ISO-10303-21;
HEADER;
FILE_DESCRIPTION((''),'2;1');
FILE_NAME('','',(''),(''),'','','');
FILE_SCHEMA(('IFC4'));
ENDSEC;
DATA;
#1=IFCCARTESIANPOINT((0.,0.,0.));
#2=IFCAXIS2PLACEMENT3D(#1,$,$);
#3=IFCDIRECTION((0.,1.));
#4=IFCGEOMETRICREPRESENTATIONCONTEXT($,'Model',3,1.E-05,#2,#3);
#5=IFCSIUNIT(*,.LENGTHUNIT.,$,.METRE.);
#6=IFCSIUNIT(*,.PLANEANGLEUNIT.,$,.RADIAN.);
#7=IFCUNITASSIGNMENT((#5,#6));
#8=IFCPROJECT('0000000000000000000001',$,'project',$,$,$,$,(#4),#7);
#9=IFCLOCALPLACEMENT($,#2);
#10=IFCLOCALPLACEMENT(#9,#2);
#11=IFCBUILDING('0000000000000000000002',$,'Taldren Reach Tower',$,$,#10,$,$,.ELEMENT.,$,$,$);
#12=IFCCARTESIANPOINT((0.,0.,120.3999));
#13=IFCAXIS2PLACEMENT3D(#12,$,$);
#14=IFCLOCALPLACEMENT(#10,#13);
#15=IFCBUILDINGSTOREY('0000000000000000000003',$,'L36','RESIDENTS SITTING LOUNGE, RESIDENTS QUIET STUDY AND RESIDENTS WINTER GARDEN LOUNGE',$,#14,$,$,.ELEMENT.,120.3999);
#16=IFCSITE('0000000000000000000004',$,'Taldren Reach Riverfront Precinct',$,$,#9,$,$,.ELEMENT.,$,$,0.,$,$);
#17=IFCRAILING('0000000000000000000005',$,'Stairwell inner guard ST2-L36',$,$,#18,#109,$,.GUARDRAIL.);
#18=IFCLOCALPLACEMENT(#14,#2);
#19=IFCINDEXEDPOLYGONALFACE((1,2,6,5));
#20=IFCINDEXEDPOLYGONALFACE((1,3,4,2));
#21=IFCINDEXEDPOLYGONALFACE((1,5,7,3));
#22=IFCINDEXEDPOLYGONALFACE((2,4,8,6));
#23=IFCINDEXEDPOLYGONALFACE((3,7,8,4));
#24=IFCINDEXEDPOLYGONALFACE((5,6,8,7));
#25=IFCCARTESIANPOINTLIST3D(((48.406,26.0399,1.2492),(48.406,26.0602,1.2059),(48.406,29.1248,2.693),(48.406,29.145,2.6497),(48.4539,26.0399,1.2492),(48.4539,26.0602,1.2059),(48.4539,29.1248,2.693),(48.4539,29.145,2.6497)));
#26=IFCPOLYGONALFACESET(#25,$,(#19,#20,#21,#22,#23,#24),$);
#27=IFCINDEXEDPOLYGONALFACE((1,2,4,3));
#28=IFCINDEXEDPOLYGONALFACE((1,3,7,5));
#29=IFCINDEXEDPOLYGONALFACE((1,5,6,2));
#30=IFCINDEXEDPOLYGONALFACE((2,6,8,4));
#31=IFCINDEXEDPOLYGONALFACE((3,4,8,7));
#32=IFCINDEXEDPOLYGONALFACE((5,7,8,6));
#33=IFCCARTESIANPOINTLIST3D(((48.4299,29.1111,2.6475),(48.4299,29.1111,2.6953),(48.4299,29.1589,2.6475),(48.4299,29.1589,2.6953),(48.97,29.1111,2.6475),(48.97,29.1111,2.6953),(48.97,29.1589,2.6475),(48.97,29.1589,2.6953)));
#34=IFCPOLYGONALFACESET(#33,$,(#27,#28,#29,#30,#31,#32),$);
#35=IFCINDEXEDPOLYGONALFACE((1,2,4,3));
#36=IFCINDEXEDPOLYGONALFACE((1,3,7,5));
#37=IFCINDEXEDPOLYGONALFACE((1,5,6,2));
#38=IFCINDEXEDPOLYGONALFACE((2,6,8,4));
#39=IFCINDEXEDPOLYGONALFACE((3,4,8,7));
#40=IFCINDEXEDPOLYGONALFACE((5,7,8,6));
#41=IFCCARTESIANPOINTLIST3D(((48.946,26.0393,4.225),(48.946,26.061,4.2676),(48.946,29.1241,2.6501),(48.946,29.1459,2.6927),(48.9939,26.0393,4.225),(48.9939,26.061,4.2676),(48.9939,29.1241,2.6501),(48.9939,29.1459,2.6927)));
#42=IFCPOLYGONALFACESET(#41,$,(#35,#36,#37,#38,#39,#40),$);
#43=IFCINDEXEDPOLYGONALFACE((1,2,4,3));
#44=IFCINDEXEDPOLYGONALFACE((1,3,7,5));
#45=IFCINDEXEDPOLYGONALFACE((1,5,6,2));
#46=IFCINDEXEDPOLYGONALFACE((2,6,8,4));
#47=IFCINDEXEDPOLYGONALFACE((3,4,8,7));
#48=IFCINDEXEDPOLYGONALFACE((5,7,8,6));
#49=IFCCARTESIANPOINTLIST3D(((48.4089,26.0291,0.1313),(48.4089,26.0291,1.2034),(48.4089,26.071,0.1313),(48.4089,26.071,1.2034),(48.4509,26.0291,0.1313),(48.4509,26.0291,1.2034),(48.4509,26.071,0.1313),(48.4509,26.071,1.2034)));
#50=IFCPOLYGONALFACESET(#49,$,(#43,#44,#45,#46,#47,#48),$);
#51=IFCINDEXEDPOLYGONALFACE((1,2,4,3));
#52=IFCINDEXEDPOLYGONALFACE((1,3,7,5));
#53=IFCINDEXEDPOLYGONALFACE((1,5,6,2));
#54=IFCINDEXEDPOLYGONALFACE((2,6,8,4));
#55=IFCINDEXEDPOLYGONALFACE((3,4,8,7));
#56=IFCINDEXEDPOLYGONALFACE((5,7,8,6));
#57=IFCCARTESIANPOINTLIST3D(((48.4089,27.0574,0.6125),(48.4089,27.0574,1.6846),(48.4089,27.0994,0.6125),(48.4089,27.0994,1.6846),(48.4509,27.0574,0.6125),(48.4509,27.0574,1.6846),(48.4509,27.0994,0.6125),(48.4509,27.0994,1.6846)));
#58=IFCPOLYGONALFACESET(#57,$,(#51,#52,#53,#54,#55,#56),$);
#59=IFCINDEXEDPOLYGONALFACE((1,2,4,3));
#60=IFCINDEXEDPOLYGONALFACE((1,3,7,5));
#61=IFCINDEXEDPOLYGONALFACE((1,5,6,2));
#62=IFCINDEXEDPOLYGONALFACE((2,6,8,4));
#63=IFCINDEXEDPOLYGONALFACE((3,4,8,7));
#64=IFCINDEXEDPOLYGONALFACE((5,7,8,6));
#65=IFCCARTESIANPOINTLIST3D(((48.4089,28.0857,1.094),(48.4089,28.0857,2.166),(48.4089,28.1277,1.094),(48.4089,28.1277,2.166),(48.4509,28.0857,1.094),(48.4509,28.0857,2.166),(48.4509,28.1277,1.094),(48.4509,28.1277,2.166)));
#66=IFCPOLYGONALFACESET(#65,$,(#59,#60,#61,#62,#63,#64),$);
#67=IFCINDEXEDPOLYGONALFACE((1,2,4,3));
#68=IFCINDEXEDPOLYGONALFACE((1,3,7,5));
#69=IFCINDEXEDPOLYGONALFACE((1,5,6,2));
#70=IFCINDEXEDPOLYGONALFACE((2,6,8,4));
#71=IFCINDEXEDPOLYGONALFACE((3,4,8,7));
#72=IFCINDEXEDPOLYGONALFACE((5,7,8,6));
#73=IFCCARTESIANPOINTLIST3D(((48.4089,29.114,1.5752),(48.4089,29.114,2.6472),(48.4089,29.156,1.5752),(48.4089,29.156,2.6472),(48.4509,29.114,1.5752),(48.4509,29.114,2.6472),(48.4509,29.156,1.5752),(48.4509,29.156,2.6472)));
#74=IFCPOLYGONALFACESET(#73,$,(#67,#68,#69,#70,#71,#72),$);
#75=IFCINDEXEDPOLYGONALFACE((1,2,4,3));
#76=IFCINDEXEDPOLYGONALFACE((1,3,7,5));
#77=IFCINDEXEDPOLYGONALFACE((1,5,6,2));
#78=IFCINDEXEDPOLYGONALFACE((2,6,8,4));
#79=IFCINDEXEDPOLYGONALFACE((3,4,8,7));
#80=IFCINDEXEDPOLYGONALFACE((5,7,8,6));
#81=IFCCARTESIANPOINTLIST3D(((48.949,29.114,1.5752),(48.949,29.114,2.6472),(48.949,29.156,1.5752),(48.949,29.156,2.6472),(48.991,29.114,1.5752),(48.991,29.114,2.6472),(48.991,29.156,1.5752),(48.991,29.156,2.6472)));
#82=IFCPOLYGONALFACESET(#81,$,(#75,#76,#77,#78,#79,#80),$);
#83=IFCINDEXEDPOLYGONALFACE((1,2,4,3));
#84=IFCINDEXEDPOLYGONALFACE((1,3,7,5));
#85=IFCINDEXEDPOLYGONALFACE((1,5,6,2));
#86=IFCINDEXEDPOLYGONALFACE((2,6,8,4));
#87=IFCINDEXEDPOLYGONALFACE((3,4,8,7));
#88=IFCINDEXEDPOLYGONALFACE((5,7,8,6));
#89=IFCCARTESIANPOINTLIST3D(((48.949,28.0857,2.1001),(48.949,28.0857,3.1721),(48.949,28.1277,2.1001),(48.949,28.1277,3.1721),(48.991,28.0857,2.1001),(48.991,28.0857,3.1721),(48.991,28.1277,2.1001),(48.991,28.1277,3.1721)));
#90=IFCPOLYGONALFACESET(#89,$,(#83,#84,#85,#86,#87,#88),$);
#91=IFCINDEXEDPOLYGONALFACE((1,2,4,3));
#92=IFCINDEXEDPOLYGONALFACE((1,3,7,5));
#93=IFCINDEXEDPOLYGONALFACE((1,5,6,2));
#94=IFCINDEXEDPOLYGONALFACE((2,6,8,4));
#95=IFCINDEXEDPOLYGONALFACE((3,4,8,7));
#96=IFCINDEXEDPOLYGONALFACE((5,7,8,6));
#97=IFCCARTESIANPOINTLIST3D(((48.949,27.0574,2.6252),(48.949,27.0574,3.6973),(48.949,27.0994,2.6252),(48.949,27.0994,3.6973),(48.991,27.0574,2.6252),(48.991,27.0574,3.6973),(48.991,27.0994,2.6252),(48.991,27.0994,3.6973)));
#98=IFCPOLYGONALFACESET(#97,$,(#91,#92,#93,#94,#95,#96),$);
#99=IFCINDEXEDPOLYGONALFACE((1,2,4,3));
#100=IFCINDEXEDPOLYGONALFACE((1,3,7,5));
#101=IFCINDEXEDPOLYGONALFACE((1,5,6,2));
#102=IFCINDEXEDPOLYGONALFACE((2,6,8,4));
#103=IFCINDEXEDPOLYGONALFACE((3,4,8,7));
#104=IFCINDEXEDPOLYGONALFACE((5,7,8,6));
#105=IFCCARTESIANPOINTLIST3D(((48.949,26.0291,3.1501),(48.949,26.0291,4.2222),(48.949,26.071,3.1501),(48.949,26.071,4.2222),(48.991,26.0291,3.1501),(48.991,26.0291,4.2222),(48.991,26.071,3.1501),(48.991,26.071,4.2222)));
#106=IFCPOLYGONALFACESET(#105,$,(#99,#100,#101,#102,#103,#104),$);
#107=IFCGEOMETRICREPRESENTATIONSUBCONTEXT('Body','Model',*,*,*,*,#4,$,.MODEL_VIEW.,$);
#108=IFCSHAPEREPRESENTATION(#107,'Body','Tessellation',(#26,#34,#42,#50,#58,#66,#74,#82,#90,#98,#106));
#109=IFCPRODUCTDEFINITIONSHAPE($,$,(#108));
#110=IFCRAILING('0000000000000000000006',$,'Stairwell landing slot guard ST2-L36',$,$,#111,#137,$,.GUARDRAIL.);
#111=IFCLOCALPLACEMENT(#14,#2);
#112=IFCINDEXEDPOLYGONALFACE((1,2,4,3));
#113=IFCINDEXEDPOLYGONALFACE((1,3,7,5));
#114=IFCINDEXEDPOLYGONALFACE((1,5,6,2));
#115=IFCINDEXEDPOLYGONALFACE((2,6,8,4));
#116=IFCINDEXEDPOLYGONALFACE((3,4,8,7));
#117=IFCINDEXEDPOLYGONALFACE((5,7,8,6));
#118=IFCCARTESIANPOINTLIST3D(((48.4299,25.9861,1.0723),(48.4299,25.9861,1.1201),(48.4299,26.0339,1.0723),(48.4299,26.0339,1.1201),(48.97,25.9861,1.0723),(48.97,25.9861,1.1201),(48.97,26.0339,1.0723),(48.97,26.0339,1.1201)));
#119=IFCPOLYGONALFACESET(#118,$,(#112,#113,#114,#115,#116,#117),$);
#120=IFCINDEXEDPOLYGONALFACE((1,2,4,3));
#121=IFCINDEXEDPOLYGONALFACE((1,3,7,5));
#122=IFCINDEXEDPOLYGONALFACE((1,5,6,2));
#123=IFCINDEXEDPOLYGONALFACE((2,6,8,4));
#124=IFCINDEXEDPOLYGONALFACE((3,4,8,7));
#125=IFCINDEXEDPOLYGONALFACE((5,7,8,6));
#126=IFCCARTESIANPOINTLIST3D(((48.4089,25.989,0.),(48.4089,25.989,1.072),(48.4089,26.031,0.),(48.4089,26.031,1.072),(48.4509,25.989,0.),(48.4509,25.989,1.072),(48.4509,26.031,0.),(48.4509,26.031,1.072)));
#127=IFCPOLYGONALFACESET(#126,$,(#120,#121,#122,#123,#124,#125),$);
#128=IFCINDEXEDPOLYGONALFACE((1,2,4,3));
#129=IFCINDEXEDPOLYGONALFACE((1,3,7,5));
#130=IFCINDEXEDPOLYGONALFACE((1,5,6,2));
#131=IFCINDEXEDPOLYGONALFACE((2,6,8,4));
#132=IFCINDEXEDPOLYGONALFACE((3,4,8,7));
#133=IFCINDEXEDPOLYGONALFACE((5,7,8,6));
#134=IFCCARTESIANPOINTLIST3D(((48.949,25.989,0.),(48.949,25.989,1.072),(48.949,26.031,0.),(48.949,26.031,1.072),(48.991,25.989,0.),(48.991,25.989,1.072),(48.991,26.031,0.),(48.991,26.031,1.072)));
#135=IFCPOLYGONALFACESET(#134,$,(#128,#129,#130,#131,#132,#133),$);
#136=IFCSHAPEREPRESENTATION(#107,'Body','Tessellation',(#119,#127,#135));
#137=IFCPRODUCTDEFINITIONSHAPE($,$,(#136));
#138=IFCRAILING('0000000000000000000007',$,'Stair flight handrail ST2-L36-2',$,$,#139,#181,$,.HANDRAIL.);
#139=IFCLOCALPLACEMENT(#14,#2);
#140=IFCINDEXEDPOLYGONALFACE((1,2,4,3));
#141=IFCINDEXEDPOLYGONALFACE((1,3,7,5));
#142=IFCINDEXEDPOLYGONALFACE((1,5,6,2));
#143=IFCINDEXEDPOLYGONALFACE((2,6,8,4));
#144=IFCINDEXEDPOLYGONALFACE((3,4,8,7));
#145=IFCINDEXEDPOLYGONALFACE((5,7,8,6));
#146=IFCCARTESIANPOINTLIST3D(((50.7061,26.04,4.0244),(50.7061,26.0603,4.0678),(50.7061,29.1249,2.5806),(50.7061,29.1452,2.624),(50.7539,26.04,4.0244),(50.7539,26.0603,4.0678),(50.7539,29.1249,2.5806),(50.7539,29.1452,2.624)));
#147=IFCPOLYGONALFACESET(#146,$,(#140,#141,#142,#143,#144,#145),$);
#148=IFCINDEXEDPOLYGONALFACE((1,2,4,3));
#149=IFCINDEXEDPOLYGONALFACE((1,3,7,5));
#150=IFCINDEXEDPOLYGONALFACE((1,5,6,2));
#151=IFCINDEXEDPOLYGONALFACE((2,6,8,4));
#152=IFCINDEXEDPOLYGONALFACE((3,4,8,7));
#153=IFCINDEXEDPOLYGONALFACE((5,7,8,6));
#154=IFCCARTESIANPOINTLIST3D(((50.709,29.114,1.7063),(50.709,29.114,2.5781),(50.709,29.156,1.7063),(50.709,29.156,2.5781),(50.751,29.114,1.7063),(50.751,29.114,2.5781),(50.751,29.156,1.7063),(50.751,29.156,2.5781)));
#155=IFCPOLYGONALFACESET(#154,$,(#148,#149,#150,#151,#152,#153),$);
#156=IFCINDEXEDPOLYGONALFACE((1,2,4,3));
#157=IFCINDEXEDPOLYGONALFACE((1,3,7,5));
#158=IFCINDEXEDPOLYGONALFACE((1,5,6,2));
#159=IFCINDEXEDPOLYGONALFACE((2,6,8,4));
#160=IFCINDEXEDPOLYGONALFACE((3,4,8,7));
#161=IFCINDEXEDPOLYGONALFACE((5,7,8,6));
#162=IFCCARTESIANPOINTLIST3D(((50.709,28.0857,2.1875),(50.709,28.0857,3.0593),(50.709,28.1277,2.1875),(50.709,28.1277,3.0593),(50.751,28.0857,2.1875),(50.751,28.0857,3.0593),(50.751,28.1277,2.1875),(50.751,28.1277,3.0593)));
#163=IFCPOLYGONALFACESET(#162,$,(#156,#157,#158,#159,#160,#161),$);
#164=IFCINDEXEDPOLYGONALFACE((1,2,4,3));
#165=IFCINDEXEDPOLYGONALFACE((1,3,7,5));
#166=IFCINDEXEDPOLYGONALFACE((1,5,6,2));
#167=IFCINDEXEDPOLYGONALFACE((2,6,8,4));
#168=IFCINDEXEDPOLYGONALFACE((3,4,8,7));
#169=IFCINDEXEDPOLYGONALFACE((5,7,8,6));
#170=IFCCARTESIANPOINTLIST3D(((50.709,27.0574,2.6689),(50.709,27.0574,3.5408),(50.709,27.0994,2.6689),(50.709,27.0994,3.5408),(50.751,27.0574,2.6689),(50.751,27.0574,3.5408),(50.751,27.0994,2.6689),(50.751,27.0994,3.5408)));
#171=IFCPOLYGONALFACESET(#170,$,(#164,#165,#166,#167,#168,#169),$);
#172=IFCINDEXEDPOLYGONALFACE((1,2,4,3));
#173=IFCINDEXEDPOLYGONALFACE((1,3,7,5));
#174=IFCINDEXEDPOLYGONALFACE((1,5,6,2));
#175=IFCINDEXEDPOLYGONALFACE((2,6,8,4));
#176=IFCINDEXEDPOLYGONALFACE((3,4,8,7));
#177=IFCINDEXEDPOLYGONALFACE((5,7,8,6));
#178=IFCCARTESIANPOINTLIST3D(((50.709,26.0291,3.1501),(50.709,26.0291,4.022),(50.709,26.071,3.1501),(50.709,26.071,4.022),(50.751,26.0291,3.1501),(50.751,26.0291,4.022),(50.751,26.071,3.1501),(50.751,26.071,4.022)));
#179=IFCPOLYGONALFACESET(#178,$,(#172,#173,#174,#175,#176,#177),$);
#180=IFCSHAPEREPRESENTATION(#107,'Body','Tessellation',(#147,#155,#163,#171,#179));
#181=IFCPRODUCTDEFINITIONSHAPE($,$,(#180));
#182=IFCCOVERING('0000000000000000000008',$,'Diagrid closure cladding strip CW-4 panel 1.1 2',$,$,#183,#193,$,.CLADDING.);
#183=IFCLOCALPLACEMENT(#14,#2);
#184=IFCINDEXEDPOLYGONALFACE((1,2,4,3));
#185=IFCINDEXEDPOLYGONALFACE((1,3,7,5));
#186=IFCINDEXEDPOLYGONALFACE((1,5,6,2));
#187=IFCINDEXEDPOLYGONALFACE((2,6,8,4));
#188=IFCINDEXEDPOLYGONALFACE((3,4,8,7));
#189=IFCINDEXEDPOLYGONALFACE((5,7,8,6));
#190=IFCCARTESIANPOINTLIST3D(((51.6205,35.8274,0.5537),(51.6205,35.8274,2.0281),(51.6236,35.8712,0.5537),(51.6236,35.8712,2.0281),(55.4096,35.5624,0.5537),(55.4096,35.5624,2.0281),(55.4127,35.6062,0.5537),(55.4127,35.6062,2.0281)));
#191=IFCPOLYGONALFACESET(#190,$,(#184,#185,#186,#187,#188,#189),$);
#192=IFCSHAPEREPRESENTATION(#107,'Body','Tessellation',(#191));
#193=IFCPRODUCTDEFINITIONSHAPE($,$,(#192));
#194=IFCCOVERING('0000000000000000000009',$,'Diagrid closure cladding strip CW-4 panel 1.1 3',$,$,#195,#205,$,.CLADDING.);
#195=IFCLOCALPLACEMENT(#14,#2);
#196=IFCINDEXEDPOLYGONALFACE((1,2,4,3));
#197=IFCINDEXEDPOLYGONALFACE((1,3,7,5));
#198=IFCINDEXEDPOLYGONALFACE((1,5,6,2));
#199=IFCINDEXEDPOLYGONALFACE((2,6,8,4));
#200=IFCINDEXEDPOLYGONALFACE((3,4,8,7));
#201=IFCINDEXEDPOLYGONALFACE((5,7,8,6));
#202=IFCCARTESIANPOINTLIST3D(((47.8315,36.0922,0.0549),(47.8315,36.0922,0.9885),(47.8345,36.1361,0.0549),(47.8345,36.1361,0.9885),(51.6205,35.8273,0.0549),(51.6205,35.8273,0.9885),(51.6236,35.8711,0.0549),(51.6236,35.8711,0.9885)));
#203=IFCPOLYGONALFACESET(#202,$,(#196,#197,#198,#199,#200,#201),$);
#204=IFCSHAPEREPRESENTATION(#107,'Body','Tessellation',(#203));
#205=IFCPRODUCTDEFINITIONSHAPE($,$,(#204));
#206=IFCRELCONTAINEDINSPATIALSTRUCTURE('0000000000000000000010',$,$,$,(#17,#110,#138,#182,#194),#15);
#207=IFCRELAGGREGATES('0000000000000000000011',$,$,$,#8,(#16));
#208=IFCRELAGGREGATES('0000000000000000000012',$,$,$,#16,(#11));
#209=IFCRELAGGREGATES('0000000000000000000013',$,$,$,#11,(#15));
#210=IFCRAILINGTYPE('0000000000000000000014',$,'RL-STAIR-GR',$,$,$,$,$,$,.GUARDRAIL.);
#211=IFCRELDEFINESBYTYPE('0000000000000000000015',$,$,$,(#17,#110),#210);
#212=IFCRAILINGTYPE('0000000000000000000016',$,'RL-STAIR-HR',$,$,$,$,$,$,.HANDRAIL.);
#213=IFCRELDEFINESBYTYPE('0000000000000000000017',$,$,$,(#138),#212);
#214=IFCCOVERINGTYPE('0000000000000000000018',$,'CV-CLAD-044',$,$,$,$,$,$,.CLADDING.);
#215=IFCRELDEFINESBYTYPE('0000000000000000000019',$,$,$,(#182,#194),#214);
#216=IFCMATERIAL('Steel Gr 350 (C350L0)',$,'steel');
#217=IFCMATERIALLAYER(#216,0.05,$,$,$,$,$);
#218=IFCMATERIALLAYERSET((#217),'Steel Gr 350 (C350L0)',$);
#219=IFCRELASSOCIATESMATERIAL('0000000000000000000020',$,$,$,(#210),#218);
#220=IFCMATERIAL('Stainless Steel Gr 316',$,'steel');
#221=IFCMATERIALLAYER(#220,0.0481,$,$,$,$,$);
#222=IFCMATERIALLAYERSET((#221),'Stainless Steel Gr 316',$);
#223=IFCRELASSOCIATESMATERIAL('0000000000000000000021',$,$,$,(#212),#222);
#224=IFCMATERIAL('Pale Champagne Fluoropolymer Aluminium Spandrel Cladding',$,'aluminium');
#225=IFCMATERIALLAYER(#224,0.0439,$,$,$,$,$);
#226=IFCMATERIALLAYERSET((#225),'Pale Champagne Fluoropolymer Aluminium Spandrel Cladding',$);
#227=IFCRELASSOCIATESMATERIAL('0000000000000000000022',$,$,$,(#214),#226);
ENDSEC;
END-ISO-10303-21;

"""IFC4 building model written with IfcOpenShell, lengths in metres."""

from ifc_helpers import new_model, si_unit, direction, frame, origin, origin_2d, place, context, subcontext, project, spatial, rectangle, extrude, source, transform, mapped, material, layer, layer_set, type_object, element, save


model = new_model("IFC4")

# Units and contexts
model_context = context("Model", 3, precision=1e-05, world=origin(), true_north=direction((0.0, 1.0)))
body_context = subcontext(model_context, "Body", "Model", "MODEL_VIEW")
ifc_project = project(units=[si_unit("LENGTHUNIT", "METRE"), si_unit("PLANEANGLEUNIT", "RADIAN")], contexts=[model_context])

# Site, building, storey
site_placement = place(None, origin())
site = spatial("IfcSite", under=ifc_project, at=site_placement, Name="Taldren Reach Riverfront Precinct", CompositionType="ELEMENT", RefElevation=0.0)
building_placement = place(site_placement, origin())
building = spatial("IfcBuilding", under=site, at=building_placement, Name="Taldren Reach Tower", CompositionType="ELEMENT")
storey_placement = place(building_placement, frame((0.0, 0.0, 120.3999)))
storey = spatial("IfcBuildingStorey", under=building, at=storey_placement, Name="L36", Description="RESIDENTS SITTING LOUNGE, RESIDENTS QUIET STUDY AND RESIDENTS WINTER GARDEN LOUNGE", CompositionType="ELEMENT", Elevation=120.3999)

# Shared definitions
ifc_material_1 = material(Name="Steel Gr 350 (C350L0)", Category="steel")

# Railings
ifc_layer_1 = layer(ifc_material_1, 0.05)
ifc_layer_set_1 = layer_set([ifc_layer_1], Name="Steel Gr 350 (C350L0)")
railing_type_1 = type_object("IfcRailingType", Name="RL-STAIR-GR", PredefinedType="GUARDRAIL", material=ifc_layer_set_1)
railing_1_placement = place(storey_placement, frame((48.4299, 26.05, 0.1313)))
element("IfcRailing", 1, at=railing_1_placement, inside=storey, type_object=railing_type_1, Name="Stairwell inner guard ST2-L36", PredefinedType="GUARDRAIL", context=body_context, shape_type="SweptSolid", body=[
    extrude(rectangle(XDim=0.0479, YDim=0.0479, at=origin_2d()), frame((0.0, 0.0, 1.0962), z_axis=(0.0, 0.90571, 0.423898), x_axis=(-1.0, 0.0, 0.0)), (0.0, 0.0, 1.0), 3.406),
    extrude(rectangle(XDim=0.0479, YDim=0.0479, at=origin_2d()), frame((0.0, 3.085, 2.54), z_axis=(1.0, 0.0, 0.0), x_axis=(0.0, 1.0, 0.0)), (0.0, 0.0, 1.0), 0.54),
    extrude(rectangle(XDim=0.0479, YDim=0.0479, at=origin_2d()), frame((0.54, 3.085, 2.54), z_axis=(0.0, -0.890646, 0.454697), x_axis=(1.0, 0.0, 0.0)), (0.0, 0.0, 1.0), 3.4636),
    extrude(rectangle(XDim=0.042, YDim=0.042, at=origin_2d()), origin(), (0.0, 0.0, 1.0), 1.072),
    extrude(rectangle(XDim=0.042, YDim=0.042, at=origin_2d()), frame((0.0, 1.0283, 0.4812)), (0.0, 0.0, 1.0), 1.072),
    extrude(rectangle(XDim=0.042, YDim=0.042, at=origin_2d()), frame((0.0, 2.0566, 0.9626)), (0.0, 0.0, 1.0), 1.072),
    extrude(rectangle(XDim=0.042, YDim=0.042, at=origin_2d()), frame((0.0, 3.085, 1.4438)), (0.0, 0.0, 1.0), 1.072),
    extrude(rectangle(XDim=0.042, YDim=0.042, at=origin_2d()), frame((0.54, 3.085, 1.4438)), (0.0, 0.0, 1.0), 1.072),
    extrude(rectangle(XDim=0.042, YDim=0.042, at=origin_2d()), frame((0.54, 2.0566, 1.9688)), (0.0, 0.0, 1.0), 1.072),
    extrude(rectangle(XDim=0.042, YDim=0.042, at=origin_2d()), frame((0.54, 1.0283, 2.4939)), (0.0, 0.0, 1.0), 1.072),
    extrude(rectangle(XDim=0.042, YDim=0.042, at=origin_2d()), frame((0.54, 0.0, 3.0188)), (0.0, 0.0, 1.0), 1.072),
])
railing_2_placement = place(storey_placement, frame((48.4299, 26.01, 0.0)))
element("IfcRailing", 2, at=railing_2_placement, inside=storey, type_object=railing_type_1, Name="Stairwell landing slot guard ST2-L36", PredefinedType="GUARDRAIL", context=body_context, shape_type="SweptSolid", body=[
    extrude(rectangle(XDim=0.0479, YDim=0.0479, at=origin_2d()), frame((0.0, 0.0, 1.0962), z_axis=(1.0, 0.0, 0.0), x_axis=(0.0, 1.0, 0.0)), (0.0, 0.0, 1.0), 0.54),
    extrude(rectangle(XDim=0.042, YDim=0.042, at=origin_2d()), origin(), (0.0, 0.0, 1.0), 1.072),
    extrude(rectangle(XDim=0.042, YDim=0.042, at=origin_2d()), frame((0.54, 0.0, 0.0)), (0.0, 0.0, 1.0), 1.072),
])
ifc_material_2 = material(Name="Stainless Steel Gr 316", Category="steel")
ifc_layer_2 = layer(ifc_material_2, 0.0481)
ifc_layer_set_2 = layer_set([ifc_layer_2], Name="Stainless Steel Gr 316")
railing_type_2 = type_object("IfcRailingType", Name="RL-STAIR-HR", PredefinedType="HANDRAIL", material=ifc_layer_set_2)
railing_3_placement = place(storey_placement, frame((50.73, 29.135, 1.7063)))
element("IfcRailing", 3, at=railing_3_placement, inside=storey, type_object=railing_type_2, Name="Stair flight handrail ST2-L36-2", PredefinedType="HANDRAIL", context=body_context, shape_type="SweptSolid", body=[
    extrude(rectangle(XDim=0.0479, YDim=0.0479, at=origin_2d()), frame((0.0, 0.0, 0.896), z_axis=(0.0, -0.90571, 0.423898), x_axis=(1.0, 0.0, 0.0)), (0.0, 0.0, 1.0), 3.406),
    extrude(rectangle(XDim=0.042, YDim=0.042, at=origin_2d()), origin(), (0.0, 0.0, 1.0), 0.8718),
    extrude(rectangle(XDim=0.042, YDim=0.042, at=origin_2d()), frame((0.0, -1.0283, 0.4812)), (0.0, 0.0, 1.0), 0.8718),
    extrude(rectangle(XDim=0.042, YDim=0.042, at=origin_2d()), frame((0.0, -2.0566, 0.9626)), (0.0, 0.0, 1.0), 0.8718),
    extrude(rectangle(XDim=0.042, YDim=0.042, at=origin_2d()), frame((0.0, -3.085, 1.4438)), (0.0, 0.0, 1.0), 0.8718),
])

# Coverings
ifc_material_3 = material(Name="Pale Champagne Fluoropolymer Aluminium Spandrel Cladding", Category="aluminium")
ifc_layer_3 = layer(ifc_material_3, 0.0439)
ifc_layer_set_3 = layer_set([ifc_layer_3], Name="Pale Champagne Fluoropolymer Aluminium Spandrel Cladding")
covering_type = type_object("IfcCoveringType", Name="CV-CLAD-044", PredefinedType="CLADDING", material=ifc_layer_set_3)
shared_shape_1 = source(origin(), body_context, "Body", "SweptSolid", [
    extrude(rectangle(XDim=3.7983, YDim=0.0439, at=origin_2d()), origin(), (0.0, 0.0, 1.0), 1.4744),
])
covering_1_placement = place(storey_placement, frame((53.5166, 35.7168, 0.5537), z_axis=(0.0, 0.0, 1.0), x_axis=(-0.997564, 0.069757, 0.0)))
element("IfcCovering", 4, at=covering_1_placement, inside=storey, type_object=covering_type, Name="Diagrid closure cladding strip CW-4 panel 1.1 2", PredefinedType="CLADDING", context=body_context, shape_type="MappedRepresentation", body=[
    mapped(shared_shape_1, transform((0.0, 0.0, 0.0), scale=1.0)),
])
shared_shape_2 = source(origin(), body_context, "Body", "SweptSolid", [
    extrude(rectangle(XDim=3.7983, YDim=0.0439, at=origin_2d()), origin(), (0.0, 0.0, 1.0), 0.9336),
])
covering_2_placement = place(storey_placement, frame((49.7275, 35.9817, 0.0549), z_axis=(0.0, 0.0, 1.0), x_axis=(-0.997564, 0.069757, 0.0)))
element("IfcCovering", 5, at=covering_2_placement, inside=storey, type_object=covering_type, Name="Diagrid closure cladding strip CW-4 panel 1.1 3", PredefinedType="CLADDING", context=body_context, shape_type="MappedRepresentation", body=[
    mapped(shared_shape_2, transform((0.0, 0.0, 0.0), scale=1.0)),
])

save(model, "model.ifc")
